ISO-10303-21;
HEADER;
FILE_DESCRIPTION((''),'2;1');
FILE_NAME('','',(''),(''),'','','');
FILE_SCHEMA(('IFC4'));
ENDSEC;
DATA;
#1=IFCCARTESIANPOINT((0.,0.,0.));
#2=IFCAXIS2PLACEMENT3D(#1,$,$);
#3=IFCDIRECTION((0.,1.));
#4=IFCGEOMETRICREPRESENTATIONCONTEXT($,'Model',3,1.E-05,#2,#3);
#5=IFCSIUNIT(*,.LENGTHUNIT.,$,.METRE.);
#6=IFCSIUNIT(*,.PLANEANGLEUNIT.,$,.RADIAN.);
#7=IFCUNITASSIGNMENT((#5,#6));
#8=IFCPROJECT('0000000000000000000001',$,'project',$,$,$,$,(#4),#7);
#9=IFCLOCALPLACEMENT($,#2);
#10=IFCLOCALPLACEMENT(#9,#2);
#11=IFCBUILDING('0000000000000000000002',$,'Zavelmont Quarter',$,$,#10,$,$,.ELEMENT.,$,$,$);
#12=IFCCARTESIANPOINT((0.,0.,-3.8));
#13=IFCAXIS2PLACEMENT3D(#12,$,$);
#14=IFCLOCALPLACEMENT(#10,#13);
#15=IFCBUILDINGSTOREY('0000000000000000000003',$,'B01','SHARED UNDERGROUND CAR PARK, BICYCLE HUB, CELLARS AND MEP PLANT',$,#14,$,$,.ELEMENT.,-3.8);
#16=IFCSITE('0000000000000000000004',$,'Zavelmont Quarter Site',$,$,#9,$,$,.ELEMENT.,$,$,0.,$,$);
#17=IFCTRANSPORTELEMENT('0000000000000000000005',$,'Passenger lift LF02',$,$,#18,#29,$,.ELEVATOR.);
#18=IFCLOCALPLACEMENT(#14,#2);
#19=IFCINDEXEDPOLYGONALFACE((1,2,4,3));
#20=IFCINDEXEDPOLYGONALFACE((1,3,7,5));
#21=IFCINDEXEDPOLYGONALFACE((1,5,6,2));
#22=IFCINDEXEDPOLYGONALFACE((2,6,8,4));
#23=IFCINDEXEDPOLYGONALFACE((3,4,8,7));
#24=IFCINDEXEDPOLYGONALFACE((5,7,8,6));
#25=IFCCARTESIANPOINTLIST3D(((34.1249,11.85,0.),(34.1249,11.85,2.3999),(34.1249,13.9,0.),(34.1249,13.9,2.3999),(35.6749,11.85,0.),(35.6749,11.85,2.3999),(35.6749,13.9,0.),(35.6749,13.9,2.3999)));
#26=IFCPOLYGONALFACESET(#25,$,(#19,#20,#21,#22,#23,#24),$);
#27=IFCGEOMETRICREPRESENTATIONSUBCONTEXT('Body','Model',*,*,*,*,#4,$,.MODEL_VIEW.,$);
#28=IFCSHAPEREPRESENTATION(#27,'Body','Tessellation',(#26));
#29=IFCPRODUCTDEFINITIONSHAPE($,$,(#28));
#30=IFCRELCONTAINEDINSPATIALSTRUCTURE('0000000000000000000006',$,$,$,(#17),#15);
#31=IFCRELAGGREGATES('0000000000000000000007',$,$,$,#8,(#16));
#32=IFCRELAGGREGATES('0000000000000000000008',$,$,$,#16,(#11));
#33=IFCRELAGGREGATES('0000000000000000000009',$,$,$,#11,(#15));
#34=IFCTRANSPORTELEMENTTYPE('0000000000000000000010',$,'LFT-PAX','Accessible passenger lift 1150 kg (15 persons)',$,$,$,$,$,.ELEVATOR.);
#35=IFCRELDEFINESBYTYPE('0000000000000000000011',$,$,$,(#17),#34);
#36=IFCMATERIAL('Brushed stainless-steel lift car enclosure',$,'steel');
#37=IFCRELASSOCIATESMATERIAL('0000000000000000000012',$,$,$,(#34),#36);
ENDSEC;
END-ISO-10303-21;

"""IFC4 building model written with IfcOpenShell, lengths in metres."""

from ifc_helpers import new_model, si_unit, direction, frame, origin, origin_2d, place, context, subcontext, project, spatial, rectangle, extrude, material, type_object, element, save


model = new_model("IFC4")

# Units and contexts
model_context = context("Model", 3, precision=1e-05, world=origin(), true_north=direction((0.0, 1.0)))
body_context = subcontext(model_context, "Body", "Model", "MODEL_VIEW")
ifc_project = project(units=[si_unit("LENGTHUNIT", "METRE"), si_unit("PLANEANGLEUNIT", "RADIAN")], contexts=[model_context])

# Site, building, storey
site_placement = place(None, origin())
site = spatial("IfcSite", under=ifc_project, at=site_placement, Name="Zavelmont Quarter Site", CompositionType="ELEMENT", RefElevation=0.0)
building_placement = place(site_placement, origin())
building = spatial("IfcBuilding", under=site, at=building_placement, Name="Zavelmont Quarter", CompositionType="ELEMENT")
storey_placement = place(building_placement, frame((0.0, 0.0, -3.8)))
storey = spatial("IfcBuildingStorey", under=building, at=storey_placement, Name="B01", Description="SHARED UNDERGROUND CAR PARK, BICYCLE HUB, CELLARS AND MEP PLANT", CompositionType="ELEMENT", Elevation=-3.8)

# Transport element
ifc_material_1 = material(Name="Brushed stainless-steel lift car enclosure", Category="steel")
transport_element_type = type_object("IfcTransportElementType", Name="LFT-PAX", Description="Accessible passenger lift 1150 kg (15 persons)", PredefinedType="ELEVATOR", material=ifc_material_1)
transport_element_placement = place(storey_placement, frame((34.8999, 12.875, 0.0), z_axis=(0.0, 0.0, 1.0), x_axis=(1.0, 0.0, 0.0)))
element("IfcTransportElement", 1, at=transport_element_placement, inside=storey, type_object=transport_element_type, Name="Passenger lift LF02", PredefinedType="ELEVATOR", context=body_context, shape_type="SweptSolid", body=[
    extrude(rectangle(XDim=1.55, YDim=2.05, at=origin_2d()), origin(), (0.0, 0.0, 1.0), 2.3999),
])

save(model, "model.ifc")
